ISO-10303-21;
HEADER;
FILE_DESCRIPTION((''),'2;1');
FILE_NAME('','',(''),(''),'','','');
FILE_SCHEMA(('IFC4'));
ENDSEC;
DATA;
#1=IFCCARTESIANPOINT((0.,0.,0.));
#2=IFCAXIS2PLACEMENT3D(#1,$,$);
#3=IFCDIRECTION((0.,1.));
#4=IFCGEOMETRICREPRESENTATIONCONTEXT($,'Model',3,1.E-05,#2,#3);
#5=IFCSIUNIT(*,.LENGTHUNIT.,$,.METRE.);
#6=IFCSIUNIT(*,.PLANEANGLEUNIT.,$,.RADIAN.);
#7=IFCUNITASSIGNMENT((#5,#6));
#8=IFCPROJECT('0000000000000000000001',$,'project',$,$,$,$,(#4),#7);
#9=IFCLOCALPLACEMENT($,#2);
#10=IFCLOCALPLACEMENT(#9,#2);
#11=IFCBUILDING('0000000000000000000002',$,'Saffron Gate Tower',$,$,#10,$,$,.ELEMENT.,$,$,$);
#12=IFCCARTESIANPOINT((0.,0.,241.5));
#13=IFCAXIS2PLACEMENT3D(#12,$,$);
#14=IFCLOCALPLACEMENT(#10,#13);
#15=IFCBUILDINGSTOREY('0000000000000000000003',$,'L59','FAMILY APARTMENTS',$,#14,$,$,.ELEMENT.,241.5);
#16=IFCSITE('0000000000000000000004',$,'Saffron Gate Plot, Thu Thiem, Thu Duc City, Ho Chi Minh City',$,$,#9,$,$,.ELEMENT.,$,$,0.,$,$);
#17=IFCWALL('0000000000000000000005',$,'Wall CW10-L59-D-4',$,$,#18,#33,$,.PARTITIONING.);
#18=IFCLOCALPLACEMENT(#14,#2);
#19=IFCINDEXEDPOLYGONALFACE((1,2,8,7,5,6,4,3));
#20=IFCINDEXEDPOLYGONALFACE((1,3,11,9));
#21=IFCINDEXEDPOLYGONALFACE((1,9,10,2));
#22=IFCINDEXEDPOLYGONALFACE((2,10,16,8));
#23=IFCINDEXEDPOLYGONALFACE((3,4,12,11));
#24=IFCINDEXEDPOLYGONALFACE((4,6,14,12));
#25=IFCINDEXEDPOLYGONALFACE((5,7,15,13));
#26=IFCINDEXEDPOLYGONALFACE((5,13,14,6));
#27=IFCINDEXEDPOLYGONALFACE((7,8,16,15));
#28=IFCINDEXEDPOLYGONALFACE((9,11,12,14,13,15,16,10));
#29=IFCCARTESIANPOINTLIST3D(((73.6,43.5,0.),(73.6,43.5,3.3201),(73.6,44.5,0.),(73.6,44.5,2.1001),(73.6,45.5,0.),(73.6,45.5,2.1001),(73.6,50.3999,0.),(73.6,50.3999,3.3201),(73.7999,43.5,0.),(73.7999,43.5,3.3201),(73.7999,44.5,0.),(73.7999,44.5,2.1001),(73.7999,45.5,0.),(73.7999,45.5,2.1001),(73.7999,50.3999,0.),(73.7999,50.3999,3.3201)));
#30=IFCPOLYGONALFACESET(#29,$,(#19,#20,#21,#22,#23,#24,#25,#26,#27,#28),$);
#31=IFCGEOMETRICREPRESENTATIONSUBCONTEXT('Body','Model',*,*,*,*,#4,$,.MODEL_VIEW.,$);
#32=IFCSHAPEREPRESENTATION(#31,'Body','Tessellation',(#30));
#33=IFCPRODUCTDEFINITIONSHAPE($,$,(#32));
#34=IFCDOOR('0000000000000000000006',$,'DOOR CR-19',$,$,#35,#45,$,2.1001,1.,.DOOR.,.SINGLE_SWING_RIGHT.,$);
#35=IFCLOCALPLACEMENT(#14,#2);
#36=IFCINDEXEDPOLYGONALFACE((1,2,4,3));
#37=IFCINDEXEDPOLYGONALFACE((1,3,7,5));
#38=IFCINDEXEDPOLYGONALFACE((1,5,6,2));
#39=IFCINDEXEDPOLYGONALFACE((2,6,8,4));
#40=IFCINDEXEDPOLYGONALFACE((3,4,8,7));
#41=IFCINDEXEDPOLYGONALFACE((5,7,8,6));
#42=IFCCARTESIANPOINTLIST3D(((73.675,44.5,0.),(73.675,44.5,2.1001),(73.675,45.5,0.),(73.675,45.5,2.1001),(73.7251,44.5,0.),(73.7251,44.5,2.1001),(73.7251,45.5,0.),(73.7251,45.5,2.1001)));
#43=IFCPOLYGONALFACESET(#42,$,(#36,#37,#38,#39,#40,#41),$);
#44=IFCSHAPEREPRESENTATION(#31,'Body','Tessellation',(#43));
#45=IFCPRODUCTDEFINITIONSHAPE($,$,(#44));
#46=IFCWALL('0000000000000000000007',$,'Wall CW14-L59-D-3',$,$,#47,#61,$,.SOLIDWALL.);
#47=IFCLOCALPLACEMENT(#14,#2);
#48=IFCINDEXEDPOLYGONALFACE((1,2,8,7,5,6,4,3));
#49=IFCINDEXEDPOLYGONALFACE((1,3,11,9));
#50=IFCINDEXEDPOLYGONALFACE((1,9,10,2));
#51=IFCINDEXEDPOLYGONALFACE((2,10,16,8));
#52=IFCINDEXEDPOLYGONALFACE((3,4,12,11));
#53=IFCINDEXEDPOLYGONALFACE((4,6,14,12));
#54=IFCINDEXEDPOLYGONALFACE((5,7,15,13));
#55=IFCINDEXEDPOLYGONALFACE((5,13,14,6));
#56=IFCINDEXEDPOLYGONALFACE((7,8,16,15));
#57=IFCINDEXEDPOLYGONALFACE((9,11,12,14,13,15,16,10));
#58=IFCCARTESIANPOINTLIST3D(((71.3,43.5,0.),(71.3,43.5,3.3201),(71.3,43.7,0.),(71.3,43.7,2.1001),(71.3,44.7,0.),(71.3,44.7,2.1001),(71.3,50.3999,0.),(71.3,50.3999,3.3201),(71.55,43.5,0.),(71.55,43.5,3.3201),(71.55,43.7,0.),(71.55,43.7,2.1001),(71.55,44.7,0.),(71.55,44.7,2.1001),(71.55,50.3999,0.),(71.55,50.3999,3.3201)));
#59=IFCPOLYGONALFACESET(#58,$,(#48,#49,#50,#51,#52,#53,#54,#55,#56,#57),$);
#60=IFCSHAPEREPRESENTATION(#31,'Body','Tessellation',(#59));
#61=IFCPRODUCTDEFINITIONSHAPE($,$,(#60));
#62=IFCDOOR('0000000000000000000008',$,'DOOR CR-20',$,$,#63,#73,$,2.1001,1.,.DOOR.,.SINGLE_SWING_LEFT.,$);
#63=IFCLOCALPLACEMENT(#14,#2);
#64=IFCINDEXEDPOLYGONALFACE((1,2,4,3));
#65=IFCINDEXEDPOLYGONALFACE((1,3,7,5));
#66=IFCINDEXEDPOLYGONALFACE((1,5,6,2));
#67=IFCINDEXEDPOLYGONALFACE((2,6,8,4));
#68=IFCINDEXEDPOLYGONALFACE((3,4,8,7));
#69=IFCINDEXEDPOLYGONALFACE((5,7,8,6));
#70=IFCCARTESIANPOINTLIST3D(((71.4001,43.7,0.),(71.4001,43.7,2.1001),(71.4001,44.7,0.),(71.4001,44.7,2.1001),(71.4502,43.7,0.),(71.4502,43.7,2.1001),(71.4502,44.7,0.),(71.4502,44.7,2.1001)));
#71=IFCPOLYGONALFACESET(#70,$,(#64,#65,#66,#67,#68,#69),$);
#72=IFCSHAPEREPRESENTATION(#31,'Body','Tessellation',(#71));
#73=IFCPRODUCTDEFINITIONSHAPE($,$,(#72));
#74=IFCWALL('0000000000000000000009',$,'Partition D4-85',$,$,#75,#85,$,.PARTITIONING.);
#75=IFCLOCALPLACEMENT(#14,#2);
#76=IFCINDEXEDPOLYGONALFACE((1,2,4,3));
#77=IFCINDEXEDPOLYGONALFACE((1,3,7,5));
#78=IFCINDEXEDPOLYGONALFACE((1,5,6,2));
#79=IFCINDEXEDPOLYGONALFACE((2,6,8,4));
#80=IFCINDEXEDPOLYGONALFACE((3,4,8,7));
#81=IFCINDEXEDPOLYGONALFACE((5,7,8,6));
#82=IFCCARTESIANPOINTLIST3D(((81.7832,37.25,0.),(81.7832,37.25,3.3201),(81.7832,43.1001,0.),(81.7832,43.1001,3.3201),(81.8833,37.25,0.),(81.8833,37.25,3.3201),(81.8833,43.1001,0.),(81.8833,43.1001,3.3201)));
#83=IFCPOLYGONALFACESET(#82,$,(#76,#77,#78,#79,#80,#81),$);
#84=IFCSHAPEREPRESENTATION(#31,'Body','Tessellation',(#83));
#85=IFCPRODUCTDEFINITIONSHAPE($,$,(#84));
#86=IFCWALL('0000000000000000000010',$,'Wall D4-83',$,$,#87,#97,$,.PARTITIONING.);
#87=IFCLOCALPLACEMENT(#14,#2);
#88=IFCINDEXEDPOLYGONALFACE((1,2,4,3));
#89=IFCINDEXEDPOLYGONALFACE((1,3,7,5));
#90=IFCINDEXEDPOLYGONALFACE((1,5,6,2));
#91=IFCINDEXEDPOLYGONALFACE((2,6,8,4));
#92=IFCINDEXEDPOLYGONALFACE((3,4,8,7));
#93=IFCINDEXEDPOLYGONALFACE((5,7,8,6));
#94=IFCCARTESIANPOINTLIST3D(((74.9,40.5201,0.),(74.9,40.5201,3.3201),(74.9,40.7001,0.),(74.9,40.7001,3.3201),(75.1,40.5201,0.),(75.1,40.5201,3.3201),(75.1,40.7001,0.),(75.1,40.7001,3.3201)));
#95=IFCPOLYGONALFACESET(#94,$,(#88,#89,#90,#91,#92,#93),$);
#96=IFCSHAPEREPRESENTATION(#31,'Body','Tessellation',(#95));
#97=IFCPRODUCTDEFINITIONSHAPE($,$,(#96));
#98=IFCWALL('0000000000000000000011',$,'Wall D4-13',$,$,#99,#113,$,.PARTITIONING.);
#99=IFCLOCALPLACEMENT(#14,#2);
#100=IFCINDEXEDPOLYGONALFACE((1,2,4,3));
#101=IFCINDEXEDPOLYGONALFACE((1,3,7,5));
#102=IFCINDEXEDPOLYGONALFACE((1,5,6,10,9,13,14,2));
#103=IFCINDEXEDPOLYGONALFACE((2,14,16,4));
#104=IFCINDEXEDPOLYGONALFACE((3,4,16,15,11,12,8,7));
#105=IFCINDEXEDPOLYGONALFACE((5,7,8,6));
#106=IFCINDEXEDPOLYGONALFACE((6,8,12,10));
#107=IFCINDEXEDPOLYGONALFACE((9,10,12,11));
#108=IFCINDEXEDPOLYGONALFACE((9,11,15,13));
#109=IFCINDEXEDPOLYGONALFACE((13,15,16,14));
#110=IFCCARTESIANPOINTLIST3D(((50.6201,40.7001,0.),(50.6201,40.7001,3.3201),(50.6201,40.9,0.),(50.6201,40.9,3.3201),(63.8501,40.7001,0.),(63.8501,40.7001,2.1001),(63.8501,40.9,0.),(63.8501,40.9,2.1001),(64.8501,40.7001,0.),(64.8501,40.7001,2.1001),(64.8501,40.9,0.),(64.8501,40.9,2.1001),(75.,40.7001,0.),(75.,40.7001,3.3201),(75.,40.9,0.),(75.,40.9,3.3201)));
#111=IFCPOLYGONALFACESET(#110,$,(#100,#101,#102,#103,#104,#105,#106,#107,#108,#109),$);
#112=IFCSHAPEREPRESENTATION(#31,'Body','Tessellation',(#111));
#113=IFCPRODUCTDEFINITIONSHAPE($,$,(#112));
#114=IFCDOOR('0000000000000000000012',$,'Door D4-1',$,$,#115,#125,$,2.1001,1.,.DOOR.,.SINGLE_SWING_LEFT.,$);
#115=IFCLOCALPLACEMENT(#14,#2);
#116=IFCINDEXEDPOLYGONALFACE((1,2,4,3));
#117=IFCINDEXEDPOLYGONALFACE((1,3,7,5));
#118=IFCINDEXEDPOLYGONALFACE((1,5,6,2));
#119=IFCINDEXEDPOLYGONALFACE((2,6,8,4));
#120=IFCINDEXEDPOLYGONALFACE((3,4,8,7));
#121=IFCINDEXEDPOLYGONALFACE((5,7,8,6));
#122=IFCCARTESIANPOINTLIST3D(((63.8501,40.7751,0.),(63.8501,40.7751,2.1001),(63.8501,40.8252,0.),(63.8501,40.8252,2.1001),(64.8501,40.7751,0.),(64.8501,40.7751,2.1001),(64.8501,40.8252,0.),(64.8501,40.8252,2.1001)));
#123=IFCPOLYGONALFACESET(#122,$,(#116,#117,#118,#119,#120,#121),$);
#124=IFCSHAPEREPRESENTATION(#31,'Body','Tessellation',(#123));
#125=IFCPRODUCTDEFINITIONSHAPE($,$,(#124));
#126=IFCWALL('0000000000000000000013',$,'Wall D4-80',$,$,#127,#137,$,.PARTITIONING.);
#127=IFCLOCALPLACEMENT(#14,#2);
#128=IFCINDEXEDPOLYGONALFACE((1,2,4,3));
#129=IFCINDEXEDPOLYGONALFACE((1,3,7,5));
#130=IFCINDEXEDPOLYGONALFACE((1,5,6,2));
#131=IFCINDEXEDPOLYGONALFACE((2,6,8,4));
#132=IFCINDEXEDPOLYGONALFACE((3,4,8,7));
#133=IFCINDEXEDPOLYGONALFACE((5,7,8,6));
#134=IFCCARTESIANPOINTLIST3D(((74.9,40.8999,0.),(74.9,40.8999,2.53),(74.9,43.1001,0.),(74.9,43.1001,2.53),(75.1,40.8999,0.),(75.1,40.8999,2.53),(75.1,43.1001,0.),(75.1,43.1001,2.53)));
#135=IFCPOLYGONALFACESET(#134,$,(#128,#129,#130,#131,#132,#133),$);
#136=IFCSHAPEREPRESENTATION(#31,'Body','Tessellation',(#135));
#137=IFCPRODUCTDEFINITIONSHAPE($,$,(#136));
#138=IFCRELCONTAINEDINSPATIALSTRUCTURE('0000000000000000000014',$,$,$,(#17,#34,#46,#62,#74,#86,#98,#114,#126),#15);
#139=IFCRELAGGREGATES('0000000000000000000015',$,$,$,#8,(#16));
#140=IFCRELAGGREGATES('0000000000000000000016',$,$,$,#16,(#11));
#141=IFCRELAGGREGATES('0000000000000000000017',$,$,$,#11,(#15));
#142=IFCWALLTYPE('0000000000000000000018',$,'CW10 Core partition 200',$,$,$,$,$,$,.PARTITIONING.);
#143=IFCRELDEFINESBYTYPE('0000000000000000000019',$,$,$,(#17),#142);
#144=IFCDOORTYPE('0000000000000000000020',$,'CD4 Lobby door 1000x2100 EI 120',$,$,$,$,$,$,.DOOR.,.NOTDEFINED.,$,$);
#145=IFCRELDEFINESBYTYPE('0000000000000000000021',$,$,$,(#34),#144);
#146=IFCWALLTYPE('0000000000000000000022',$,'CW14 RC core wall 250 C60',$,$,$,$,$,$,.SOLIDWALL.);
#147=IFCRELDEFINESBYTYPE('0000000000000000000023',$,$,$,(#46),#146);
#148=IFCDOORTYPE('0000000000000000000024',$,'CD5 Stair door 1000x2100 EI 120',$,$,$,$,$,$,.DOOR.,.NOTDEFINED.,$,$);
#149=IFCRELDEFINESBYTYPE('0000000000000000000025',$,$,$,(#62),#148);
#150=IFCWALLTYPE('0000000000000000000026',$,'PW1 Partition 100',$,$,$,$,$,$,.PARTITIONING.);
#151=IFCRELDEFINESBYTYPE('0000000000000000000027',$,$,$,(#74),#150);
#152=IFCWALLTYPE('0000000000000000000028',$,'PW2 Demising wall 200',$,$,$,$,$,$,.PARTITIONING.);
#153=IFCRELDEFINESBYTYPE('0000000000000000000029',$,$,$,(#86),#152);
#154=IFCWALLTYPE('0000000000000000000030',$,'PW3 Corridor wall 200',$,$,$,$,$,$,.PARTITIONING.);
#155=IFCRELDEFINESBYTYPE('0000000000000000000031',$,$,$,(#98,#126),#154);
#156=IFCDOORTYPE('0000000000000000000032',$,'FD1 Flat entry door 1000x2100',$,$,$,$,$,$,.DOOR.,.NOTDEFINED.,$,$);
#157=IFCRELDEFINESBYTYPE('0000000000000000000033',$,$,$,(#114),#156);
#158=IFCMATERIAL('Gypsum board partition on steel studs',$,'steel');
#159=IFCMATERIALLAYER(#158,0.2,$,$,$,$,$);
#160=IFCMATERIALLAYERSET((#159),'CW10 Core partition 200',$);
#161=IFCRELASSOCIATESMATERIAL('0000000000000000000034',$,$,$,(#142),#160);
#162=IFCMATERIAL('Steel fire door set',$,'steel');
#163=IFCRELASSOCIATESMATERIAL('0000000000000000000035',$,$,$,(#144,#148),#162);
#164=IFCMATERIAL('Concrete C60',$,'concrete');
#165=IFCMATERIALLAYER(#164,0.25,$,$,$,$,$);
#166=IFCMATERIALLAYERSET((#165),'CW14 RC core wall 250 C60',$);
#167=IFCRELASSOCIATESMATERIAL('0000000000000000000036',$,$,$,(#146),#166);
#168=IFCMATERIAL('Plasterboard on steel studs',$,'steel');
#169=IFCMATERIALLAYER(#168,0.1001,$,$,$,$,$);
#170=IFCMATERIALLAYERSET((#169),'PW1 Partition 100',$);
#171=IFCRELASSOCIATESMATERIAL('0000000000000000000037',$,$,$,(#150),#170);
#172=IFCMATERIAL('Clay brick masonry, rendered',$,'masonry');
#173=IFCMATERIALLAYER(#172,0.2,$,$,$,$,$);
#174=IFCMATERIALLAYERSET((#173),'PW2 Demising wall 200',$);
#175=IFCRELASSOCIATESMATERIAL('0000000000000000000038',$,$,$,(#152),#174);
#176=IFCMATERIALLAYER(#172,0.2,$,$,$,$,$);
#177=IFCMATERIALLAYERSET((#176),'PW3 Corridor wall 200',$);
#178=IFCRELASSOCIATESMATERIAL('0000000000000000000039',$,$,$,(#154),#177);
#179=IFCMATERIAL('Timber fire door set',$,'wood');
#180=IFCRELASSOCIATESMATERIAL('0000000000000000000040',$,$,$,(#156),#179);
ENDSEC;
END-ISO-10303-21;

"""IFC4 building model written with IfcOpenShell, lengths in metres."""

from ifc_helpers import new_model, si_unit, direction, frame, frame_2d, origin, place, context, subcontext, project, spatial, rectangle, extrude, material, layer, layer_set, type_object, element, fill, save


model = new_model("IFC4")

# Units and contexts
model_context = context("Model", 3, precision=1e-05, world=origin(), true_north=direction((0.0, 1.0)))
body_context = subcontext(model_context, "Body", "Model", "MODEL_VIEW")
ifc_project = project(units=[si_unit("LENGTHUNIT", "METRE"), si_unit("PLANEANGLEUNIT", "RADIAN")], contexts=[model_context])

# Site, building, storey
site_placement = place(None, origin())
site = spatial("IfcSite", under=ifc_project, at=site_placement, Name="Saffron Gate Plot, Thu Thiem, Thu Duc City, Ho Chi Minh City", CompositionType="ELEMENT", RefElevation=0.0)
building_placement = place(site_placement, origin())
building = spatial("IfcBuilding", under=site, at=building_placement, Name="Saffron Gate Tower", CompositionType="ELEMENT")
storey_placement = place(building_placement, frame((0.0, 0.0, 241.5)))
storey = spatial("IfcBuildingStorey", under=building, at=storey_placement, Name="L59", Description="FAMILY APARTMENTS", CompositionType="ELEMENT", Elevation=241.5)

# Walls, openings, doors
ifc_material_1 = material(Name="Gypsum board partition on steel studs", Category="steel")
ifc_layer_1 = layer(ifc_material_1, 0.2)
ifc_layer_set_1 = layer_set([ifc_layer_1], Name="CW10 Core partition 200")
wall_type_1 = type_object("IfcWallType", Name="CW10 Core partition 200", PredefinedType="PARTITIONING", material=ifc_layer_set_1)
wall_1_placement = place(storey_placement, frame((73.7, 43.5, 0.0), z_axis=(0.0, 0.0, 1.0), x_axis=(0.0, 1.0, 0.0)))
wall_1 = element("IfcWall", 1, at=wall_1_placement, inside=storey, type_object=wall_type_1, Name="Wall CW10-L59-D-4", PredefinedType="PARTITIONING", context=body_context, shape_type="SweptSolid", body=[
    extrude(rectangle(XDim=6.8999, YDim=0.2, at=frame_2d((3.45, 0.0))), origin(), (0.0, 0.0, 1.0), 3.3201),
])
opening_1_placement = place(wall_1_placement, frame((1.0, 0.0, 0.0)))
opening_1 = element("IfcOpeningElement", 2, at=opening_1_placement, cuts=wall_1, PredefinedType="OPENING", context=body_context, shape_type="SweptSolid", body=[
    extrude(rectangle(XDim=1.0, YDim=2.1001, at=frame_2d((0.5, 1.05))), frame((0.0, 0.1099, 0.0), z_axis=(0.0, -1.0, 0.0), x_axis=(1.0, 0.0, 0.0)), (0.0, 0.0, 1.0), 0.22),
])
ifc_material_2 = material(Name="Steel fire door set", Category="steel")
door_type_1 = type_object("IfcDoorType", Name="CD4 Lobby door 1000x2100 EI 120", OperationType="NOTDEFINED", PredefinedType="DOOR", material=ifc_material_2)
door_1_placement = place(opening_1_placement, origin())
door_1 = element("IfcDoor", 3, at=door_1_placement, inside=storey, type_object=door_type_1, Name="DOOR CR-19", OperationType="SINGLE_SWING_RIGHT", OverallHeight=2.1001, OverallWidth=1.0, PredefinedType="DOOR", context=body_context, shape_type="SweptSolid", body=[
    extrude(rectangle(XDim=1.0, YDim=2.1001, at=frame_2d((0.5, 1.05))), frame((0.0, 0.0249, 0.0), z_axis=(0.0, -1.0, 0.0), x_axis=(1.0, 0.0, 0.0)), (0.0, 0.0, 1.0), 0.05),
])
fill(opening_1, door_1)
ifc_material_3 = material(Name="Concrete C60", Category="concrete")
ifc_layer_2 = layer(ifc_material_3, 0.25)
ifc_layer_set_2 = layer_set([ifc_layer_2], Name="CW14 RC core wall 250 C60")
wall_type_2 = type_object("IfcWallType", Name="CW14 RC core wall 250 C60", PredefinedType="SOLIDWALL", material=ifc_layer_set_2)
wall_2_placement = place(storey_placement, frame((71.425, 43.5, 0.0), z_axis=(0.0, 0.0, 1.0), x_axis=(0.0, 1.0, 0.0)))
wall_2 = element("IfcWall", 4, at=wall_2_placement, inside=storey, type_object=wall_type_2, Name="Wall CW14-L59-D-3", PredefinedType="SOLIDWALL", context=body_context, shape_type="SweptSolid", body=[
    extrude(rectangle(XDim=6.8999, YDim=0.25, at=frame_2d((3.45, 0.0))), origin(), (0.0, 0.0, 1.0), 3.3201),
])
opening_2_placement = place(wall_2_placement, frame((0.2, 0.0, 0.0)))
opening_2 = element("IfcOpeningElement", 5, at=opening_2_placement, cuts=wall_2, PredefinedType="OPENING", context=body_context, shape_type="SweptSolid", body=[
    extrude(rectangle(XDim=1.0, YDim=2.1001, at=frame_2d((0.5, 1.05))), frame((0.0, 0.135, 0.0), z_axis=(0.0, -1.0, 0.0), x_axis=(1.0, 0.0, 0.0)), (0.0, 0.0, 1.0), 0.27),
])
door_type_2 = type_object("IfcDoorType", Name="CD5 Stair door 1000x2100 EI 120", OperationType="NOTDEFINED", PredefinedType="DOOR", material=ifc_material_2)
door_2_placement = place(opening_2_placement, origin())
door_2 = element("IfcDoor", 6, at=door_2_placement, inside=storey, type_object=door_type_2, Name="DOOR CR-20", OperationType="SINGLE_SWING_LEFT", OverallHeight=2.1001, OverallWidth=1.0, PredefinedType="DOOR", context=body_context, shape_type="SweptSolid", body=[
    extrude(rectangle(XDim=1.0, YDim=2.1001, at=frame_2d((0.5, 1.05))), frame((0.0, 0.0249, 0.0), z_axis=(0.0, -1.0, 0.0), x_axis=(1.0, 0.0, 0.0)), (0.0, 0.0, 1.0), 0.05),
])
fill(opening_2, door_2)

# Walls
ifc_material_4 = material(Name="Plasterboard on steel studs", Category="steel")
ifc_layer_3 = layer(ifc_material_4, 0.1001)
ifc_layer_set_3 = layer_set([ifc_layer_3], Name="PW1 Partition 100")
wall_type_3 = type_object("IfcWallType", Name="PW1 Partition 100", PredefinedType="PARTITIONING", material=ifc_layer_set_3)
wall_3_placement = place(storey_placement, frame((81.8333, 43.1001, 0.0), z_axis=(0.0, 0.0, 1.0), x_axis=(0.0, -1.0, 0.0)))
element("IfcWall", 7, at=wall_3_placement, inside=storey, type_object=wall_type_3, Name="Partition D4-85", PredefinedType="PARTITIONING", context=body_context, shape_type="SweptSolid", body=[
    extrude(rectangle(XDim=5.8501, YDim=0.1001, at=frame_2d((2.925, 0.0))), origin(), (0.0, 0.0, 1.0), 3.3201),
])
ifc_material_5 = material(Name="Clay brick masonry, rendered", Category="masonry")
ifc_layer_4 = layer(ifc_material_5, 0.2)
ifc_layer_set_4 = layer_set([ifc_layer_4], Name="PW2 Demising wall 200")
wall_type_4 = type_object("IfcWallType", Name="PW2 Demising wall 200", PredefinedType="PARTITIONING", material=ifc_layer_set_4)
wall_4_placement = place(storey_placement, frame((75.0, 40.7, 0.0), z_axis=(0.0, 0.0, 1.0), x_axis=(0.0, -1.0, 0.0)))
element("IfcWall", 8, at=wall_4_placement, inside=storey, type_object=wall_type_4, Name="Wall D4-83", PredefinedType="PARTITIONING", context=body_context, shape_type="SweptSolid", body=[
    extrude(rectangle(XDim=0.1799, YDim=0.2, at=frame_2d((0.0898, 0.0))), origin(), (0.0, 0.0, 1.0), 3.3201),
])

# Wall, opening, door
ifc_layer_5 = layer(ifc_material_5, 0.2)
ifc_layer_set_5 = layer_set([ifc_layer_5], Name="PW3 Corridor wall 200")
wall_type_5 = type_object("IfcWallType", Name="PW3 Corridor wall 200", PredefinedType="PARTITIONING", material=ifc_layer_set_5)
wall_5_placement = place(storey_placement, frame((75.0, 40.8, 0.0), z_axis=(0.0, 0.0, 1.0), x_axis=(-1.0, 0.0, 0.0)))
wall_5 = element("IfcWall", 9, at=wall_5_placement, inside=storey, type_object=wall_type_5, Name="Wall D4-13", PredefinedType="PARTITIONING", context=body_context, shape_type="SweptSolid", body=[
    extrude(rectangle(XDim=24.3799, YDim=0.2, at=frame_2d((12.1899, 0.0))), origin(), (0.0, 0.0, 1.0), 3.3201),
])
opening_3_placement = place(wall_5_placement, frame((10.1499, 0.0, 0.0)))
opening_3 = element("IfcOpeningElement", 10, at=opening_3_placement, cuts=wall_5, PredefinedType="OPENING", context=body_context, shape_type="SweptSolid", body=[
    extrude(rectangle(XDim=1.0, YDim=2.1001, at=frame_2d((0.5, 1.05))), frame((0.0, 0.1099, 0.0), z_axis=(0.0, -1.0, 0.0), x_axis=(1.0, 0.0, 0.0)), (0.0, 0.0, 1.0), 0.22),
])
ifc_material_6 = material(Name="Timber fire door set", Category="wood")
door_type_3 = type_object("IfcDoorType", Name="FD1 Flat entry door 1000x2100", OperationType="NOTDEFINED", PredefinedType="DOOR", material=ifc_material_6)
door_3_placement = place(opening_3_placement, origin())
door_3 = element("IfcDoor", 11, at=door_3_placement, inside=storey, type_object=door_type_3, Name="Door D4-1", OperationType="SINGLE_SWING_LEFT", OverallHeight=2.1001, OverallWidth=1.0, PredefinedType="DOOR", context=body_context, shape_type="SweptSolid", body=[
    extrude(rectangle(XDim=1.0, YDim=2.1001, at=frame_2d((0.5, 1.05))), frame((0.0, 0.0249, 0.0), z_axis=(0.0, -1.0, 0.0), x_axis=(1.0, 0.0, 0.0)), (0.0, 0.0, 1.0), 0.05),
])
fill(opening_3, door_3)

# Wall
wall_6_placement = place(storey_placement, frame((75.0, 43.1001, 0.0), z_axis=(0.0, 0.0, 1.0), x_axis=(0.0, -1.0, 0.0)))
element("IfcWall", 12, at=wall_6_placement, inside=storey, type_object=wall_type_5, Name="Wall D4-80", PredefinedType="PARTITIONING", context=body_context, shape_type="SweptSolid", body=[
    extrude(rectangle(XDim=2.2002, YDim=0.2, at=frame_2d((1.1001, 0.0))), origin(), (0.0, 0.0, 1.0), 2.53),
])

save(model, "model.ifc")
